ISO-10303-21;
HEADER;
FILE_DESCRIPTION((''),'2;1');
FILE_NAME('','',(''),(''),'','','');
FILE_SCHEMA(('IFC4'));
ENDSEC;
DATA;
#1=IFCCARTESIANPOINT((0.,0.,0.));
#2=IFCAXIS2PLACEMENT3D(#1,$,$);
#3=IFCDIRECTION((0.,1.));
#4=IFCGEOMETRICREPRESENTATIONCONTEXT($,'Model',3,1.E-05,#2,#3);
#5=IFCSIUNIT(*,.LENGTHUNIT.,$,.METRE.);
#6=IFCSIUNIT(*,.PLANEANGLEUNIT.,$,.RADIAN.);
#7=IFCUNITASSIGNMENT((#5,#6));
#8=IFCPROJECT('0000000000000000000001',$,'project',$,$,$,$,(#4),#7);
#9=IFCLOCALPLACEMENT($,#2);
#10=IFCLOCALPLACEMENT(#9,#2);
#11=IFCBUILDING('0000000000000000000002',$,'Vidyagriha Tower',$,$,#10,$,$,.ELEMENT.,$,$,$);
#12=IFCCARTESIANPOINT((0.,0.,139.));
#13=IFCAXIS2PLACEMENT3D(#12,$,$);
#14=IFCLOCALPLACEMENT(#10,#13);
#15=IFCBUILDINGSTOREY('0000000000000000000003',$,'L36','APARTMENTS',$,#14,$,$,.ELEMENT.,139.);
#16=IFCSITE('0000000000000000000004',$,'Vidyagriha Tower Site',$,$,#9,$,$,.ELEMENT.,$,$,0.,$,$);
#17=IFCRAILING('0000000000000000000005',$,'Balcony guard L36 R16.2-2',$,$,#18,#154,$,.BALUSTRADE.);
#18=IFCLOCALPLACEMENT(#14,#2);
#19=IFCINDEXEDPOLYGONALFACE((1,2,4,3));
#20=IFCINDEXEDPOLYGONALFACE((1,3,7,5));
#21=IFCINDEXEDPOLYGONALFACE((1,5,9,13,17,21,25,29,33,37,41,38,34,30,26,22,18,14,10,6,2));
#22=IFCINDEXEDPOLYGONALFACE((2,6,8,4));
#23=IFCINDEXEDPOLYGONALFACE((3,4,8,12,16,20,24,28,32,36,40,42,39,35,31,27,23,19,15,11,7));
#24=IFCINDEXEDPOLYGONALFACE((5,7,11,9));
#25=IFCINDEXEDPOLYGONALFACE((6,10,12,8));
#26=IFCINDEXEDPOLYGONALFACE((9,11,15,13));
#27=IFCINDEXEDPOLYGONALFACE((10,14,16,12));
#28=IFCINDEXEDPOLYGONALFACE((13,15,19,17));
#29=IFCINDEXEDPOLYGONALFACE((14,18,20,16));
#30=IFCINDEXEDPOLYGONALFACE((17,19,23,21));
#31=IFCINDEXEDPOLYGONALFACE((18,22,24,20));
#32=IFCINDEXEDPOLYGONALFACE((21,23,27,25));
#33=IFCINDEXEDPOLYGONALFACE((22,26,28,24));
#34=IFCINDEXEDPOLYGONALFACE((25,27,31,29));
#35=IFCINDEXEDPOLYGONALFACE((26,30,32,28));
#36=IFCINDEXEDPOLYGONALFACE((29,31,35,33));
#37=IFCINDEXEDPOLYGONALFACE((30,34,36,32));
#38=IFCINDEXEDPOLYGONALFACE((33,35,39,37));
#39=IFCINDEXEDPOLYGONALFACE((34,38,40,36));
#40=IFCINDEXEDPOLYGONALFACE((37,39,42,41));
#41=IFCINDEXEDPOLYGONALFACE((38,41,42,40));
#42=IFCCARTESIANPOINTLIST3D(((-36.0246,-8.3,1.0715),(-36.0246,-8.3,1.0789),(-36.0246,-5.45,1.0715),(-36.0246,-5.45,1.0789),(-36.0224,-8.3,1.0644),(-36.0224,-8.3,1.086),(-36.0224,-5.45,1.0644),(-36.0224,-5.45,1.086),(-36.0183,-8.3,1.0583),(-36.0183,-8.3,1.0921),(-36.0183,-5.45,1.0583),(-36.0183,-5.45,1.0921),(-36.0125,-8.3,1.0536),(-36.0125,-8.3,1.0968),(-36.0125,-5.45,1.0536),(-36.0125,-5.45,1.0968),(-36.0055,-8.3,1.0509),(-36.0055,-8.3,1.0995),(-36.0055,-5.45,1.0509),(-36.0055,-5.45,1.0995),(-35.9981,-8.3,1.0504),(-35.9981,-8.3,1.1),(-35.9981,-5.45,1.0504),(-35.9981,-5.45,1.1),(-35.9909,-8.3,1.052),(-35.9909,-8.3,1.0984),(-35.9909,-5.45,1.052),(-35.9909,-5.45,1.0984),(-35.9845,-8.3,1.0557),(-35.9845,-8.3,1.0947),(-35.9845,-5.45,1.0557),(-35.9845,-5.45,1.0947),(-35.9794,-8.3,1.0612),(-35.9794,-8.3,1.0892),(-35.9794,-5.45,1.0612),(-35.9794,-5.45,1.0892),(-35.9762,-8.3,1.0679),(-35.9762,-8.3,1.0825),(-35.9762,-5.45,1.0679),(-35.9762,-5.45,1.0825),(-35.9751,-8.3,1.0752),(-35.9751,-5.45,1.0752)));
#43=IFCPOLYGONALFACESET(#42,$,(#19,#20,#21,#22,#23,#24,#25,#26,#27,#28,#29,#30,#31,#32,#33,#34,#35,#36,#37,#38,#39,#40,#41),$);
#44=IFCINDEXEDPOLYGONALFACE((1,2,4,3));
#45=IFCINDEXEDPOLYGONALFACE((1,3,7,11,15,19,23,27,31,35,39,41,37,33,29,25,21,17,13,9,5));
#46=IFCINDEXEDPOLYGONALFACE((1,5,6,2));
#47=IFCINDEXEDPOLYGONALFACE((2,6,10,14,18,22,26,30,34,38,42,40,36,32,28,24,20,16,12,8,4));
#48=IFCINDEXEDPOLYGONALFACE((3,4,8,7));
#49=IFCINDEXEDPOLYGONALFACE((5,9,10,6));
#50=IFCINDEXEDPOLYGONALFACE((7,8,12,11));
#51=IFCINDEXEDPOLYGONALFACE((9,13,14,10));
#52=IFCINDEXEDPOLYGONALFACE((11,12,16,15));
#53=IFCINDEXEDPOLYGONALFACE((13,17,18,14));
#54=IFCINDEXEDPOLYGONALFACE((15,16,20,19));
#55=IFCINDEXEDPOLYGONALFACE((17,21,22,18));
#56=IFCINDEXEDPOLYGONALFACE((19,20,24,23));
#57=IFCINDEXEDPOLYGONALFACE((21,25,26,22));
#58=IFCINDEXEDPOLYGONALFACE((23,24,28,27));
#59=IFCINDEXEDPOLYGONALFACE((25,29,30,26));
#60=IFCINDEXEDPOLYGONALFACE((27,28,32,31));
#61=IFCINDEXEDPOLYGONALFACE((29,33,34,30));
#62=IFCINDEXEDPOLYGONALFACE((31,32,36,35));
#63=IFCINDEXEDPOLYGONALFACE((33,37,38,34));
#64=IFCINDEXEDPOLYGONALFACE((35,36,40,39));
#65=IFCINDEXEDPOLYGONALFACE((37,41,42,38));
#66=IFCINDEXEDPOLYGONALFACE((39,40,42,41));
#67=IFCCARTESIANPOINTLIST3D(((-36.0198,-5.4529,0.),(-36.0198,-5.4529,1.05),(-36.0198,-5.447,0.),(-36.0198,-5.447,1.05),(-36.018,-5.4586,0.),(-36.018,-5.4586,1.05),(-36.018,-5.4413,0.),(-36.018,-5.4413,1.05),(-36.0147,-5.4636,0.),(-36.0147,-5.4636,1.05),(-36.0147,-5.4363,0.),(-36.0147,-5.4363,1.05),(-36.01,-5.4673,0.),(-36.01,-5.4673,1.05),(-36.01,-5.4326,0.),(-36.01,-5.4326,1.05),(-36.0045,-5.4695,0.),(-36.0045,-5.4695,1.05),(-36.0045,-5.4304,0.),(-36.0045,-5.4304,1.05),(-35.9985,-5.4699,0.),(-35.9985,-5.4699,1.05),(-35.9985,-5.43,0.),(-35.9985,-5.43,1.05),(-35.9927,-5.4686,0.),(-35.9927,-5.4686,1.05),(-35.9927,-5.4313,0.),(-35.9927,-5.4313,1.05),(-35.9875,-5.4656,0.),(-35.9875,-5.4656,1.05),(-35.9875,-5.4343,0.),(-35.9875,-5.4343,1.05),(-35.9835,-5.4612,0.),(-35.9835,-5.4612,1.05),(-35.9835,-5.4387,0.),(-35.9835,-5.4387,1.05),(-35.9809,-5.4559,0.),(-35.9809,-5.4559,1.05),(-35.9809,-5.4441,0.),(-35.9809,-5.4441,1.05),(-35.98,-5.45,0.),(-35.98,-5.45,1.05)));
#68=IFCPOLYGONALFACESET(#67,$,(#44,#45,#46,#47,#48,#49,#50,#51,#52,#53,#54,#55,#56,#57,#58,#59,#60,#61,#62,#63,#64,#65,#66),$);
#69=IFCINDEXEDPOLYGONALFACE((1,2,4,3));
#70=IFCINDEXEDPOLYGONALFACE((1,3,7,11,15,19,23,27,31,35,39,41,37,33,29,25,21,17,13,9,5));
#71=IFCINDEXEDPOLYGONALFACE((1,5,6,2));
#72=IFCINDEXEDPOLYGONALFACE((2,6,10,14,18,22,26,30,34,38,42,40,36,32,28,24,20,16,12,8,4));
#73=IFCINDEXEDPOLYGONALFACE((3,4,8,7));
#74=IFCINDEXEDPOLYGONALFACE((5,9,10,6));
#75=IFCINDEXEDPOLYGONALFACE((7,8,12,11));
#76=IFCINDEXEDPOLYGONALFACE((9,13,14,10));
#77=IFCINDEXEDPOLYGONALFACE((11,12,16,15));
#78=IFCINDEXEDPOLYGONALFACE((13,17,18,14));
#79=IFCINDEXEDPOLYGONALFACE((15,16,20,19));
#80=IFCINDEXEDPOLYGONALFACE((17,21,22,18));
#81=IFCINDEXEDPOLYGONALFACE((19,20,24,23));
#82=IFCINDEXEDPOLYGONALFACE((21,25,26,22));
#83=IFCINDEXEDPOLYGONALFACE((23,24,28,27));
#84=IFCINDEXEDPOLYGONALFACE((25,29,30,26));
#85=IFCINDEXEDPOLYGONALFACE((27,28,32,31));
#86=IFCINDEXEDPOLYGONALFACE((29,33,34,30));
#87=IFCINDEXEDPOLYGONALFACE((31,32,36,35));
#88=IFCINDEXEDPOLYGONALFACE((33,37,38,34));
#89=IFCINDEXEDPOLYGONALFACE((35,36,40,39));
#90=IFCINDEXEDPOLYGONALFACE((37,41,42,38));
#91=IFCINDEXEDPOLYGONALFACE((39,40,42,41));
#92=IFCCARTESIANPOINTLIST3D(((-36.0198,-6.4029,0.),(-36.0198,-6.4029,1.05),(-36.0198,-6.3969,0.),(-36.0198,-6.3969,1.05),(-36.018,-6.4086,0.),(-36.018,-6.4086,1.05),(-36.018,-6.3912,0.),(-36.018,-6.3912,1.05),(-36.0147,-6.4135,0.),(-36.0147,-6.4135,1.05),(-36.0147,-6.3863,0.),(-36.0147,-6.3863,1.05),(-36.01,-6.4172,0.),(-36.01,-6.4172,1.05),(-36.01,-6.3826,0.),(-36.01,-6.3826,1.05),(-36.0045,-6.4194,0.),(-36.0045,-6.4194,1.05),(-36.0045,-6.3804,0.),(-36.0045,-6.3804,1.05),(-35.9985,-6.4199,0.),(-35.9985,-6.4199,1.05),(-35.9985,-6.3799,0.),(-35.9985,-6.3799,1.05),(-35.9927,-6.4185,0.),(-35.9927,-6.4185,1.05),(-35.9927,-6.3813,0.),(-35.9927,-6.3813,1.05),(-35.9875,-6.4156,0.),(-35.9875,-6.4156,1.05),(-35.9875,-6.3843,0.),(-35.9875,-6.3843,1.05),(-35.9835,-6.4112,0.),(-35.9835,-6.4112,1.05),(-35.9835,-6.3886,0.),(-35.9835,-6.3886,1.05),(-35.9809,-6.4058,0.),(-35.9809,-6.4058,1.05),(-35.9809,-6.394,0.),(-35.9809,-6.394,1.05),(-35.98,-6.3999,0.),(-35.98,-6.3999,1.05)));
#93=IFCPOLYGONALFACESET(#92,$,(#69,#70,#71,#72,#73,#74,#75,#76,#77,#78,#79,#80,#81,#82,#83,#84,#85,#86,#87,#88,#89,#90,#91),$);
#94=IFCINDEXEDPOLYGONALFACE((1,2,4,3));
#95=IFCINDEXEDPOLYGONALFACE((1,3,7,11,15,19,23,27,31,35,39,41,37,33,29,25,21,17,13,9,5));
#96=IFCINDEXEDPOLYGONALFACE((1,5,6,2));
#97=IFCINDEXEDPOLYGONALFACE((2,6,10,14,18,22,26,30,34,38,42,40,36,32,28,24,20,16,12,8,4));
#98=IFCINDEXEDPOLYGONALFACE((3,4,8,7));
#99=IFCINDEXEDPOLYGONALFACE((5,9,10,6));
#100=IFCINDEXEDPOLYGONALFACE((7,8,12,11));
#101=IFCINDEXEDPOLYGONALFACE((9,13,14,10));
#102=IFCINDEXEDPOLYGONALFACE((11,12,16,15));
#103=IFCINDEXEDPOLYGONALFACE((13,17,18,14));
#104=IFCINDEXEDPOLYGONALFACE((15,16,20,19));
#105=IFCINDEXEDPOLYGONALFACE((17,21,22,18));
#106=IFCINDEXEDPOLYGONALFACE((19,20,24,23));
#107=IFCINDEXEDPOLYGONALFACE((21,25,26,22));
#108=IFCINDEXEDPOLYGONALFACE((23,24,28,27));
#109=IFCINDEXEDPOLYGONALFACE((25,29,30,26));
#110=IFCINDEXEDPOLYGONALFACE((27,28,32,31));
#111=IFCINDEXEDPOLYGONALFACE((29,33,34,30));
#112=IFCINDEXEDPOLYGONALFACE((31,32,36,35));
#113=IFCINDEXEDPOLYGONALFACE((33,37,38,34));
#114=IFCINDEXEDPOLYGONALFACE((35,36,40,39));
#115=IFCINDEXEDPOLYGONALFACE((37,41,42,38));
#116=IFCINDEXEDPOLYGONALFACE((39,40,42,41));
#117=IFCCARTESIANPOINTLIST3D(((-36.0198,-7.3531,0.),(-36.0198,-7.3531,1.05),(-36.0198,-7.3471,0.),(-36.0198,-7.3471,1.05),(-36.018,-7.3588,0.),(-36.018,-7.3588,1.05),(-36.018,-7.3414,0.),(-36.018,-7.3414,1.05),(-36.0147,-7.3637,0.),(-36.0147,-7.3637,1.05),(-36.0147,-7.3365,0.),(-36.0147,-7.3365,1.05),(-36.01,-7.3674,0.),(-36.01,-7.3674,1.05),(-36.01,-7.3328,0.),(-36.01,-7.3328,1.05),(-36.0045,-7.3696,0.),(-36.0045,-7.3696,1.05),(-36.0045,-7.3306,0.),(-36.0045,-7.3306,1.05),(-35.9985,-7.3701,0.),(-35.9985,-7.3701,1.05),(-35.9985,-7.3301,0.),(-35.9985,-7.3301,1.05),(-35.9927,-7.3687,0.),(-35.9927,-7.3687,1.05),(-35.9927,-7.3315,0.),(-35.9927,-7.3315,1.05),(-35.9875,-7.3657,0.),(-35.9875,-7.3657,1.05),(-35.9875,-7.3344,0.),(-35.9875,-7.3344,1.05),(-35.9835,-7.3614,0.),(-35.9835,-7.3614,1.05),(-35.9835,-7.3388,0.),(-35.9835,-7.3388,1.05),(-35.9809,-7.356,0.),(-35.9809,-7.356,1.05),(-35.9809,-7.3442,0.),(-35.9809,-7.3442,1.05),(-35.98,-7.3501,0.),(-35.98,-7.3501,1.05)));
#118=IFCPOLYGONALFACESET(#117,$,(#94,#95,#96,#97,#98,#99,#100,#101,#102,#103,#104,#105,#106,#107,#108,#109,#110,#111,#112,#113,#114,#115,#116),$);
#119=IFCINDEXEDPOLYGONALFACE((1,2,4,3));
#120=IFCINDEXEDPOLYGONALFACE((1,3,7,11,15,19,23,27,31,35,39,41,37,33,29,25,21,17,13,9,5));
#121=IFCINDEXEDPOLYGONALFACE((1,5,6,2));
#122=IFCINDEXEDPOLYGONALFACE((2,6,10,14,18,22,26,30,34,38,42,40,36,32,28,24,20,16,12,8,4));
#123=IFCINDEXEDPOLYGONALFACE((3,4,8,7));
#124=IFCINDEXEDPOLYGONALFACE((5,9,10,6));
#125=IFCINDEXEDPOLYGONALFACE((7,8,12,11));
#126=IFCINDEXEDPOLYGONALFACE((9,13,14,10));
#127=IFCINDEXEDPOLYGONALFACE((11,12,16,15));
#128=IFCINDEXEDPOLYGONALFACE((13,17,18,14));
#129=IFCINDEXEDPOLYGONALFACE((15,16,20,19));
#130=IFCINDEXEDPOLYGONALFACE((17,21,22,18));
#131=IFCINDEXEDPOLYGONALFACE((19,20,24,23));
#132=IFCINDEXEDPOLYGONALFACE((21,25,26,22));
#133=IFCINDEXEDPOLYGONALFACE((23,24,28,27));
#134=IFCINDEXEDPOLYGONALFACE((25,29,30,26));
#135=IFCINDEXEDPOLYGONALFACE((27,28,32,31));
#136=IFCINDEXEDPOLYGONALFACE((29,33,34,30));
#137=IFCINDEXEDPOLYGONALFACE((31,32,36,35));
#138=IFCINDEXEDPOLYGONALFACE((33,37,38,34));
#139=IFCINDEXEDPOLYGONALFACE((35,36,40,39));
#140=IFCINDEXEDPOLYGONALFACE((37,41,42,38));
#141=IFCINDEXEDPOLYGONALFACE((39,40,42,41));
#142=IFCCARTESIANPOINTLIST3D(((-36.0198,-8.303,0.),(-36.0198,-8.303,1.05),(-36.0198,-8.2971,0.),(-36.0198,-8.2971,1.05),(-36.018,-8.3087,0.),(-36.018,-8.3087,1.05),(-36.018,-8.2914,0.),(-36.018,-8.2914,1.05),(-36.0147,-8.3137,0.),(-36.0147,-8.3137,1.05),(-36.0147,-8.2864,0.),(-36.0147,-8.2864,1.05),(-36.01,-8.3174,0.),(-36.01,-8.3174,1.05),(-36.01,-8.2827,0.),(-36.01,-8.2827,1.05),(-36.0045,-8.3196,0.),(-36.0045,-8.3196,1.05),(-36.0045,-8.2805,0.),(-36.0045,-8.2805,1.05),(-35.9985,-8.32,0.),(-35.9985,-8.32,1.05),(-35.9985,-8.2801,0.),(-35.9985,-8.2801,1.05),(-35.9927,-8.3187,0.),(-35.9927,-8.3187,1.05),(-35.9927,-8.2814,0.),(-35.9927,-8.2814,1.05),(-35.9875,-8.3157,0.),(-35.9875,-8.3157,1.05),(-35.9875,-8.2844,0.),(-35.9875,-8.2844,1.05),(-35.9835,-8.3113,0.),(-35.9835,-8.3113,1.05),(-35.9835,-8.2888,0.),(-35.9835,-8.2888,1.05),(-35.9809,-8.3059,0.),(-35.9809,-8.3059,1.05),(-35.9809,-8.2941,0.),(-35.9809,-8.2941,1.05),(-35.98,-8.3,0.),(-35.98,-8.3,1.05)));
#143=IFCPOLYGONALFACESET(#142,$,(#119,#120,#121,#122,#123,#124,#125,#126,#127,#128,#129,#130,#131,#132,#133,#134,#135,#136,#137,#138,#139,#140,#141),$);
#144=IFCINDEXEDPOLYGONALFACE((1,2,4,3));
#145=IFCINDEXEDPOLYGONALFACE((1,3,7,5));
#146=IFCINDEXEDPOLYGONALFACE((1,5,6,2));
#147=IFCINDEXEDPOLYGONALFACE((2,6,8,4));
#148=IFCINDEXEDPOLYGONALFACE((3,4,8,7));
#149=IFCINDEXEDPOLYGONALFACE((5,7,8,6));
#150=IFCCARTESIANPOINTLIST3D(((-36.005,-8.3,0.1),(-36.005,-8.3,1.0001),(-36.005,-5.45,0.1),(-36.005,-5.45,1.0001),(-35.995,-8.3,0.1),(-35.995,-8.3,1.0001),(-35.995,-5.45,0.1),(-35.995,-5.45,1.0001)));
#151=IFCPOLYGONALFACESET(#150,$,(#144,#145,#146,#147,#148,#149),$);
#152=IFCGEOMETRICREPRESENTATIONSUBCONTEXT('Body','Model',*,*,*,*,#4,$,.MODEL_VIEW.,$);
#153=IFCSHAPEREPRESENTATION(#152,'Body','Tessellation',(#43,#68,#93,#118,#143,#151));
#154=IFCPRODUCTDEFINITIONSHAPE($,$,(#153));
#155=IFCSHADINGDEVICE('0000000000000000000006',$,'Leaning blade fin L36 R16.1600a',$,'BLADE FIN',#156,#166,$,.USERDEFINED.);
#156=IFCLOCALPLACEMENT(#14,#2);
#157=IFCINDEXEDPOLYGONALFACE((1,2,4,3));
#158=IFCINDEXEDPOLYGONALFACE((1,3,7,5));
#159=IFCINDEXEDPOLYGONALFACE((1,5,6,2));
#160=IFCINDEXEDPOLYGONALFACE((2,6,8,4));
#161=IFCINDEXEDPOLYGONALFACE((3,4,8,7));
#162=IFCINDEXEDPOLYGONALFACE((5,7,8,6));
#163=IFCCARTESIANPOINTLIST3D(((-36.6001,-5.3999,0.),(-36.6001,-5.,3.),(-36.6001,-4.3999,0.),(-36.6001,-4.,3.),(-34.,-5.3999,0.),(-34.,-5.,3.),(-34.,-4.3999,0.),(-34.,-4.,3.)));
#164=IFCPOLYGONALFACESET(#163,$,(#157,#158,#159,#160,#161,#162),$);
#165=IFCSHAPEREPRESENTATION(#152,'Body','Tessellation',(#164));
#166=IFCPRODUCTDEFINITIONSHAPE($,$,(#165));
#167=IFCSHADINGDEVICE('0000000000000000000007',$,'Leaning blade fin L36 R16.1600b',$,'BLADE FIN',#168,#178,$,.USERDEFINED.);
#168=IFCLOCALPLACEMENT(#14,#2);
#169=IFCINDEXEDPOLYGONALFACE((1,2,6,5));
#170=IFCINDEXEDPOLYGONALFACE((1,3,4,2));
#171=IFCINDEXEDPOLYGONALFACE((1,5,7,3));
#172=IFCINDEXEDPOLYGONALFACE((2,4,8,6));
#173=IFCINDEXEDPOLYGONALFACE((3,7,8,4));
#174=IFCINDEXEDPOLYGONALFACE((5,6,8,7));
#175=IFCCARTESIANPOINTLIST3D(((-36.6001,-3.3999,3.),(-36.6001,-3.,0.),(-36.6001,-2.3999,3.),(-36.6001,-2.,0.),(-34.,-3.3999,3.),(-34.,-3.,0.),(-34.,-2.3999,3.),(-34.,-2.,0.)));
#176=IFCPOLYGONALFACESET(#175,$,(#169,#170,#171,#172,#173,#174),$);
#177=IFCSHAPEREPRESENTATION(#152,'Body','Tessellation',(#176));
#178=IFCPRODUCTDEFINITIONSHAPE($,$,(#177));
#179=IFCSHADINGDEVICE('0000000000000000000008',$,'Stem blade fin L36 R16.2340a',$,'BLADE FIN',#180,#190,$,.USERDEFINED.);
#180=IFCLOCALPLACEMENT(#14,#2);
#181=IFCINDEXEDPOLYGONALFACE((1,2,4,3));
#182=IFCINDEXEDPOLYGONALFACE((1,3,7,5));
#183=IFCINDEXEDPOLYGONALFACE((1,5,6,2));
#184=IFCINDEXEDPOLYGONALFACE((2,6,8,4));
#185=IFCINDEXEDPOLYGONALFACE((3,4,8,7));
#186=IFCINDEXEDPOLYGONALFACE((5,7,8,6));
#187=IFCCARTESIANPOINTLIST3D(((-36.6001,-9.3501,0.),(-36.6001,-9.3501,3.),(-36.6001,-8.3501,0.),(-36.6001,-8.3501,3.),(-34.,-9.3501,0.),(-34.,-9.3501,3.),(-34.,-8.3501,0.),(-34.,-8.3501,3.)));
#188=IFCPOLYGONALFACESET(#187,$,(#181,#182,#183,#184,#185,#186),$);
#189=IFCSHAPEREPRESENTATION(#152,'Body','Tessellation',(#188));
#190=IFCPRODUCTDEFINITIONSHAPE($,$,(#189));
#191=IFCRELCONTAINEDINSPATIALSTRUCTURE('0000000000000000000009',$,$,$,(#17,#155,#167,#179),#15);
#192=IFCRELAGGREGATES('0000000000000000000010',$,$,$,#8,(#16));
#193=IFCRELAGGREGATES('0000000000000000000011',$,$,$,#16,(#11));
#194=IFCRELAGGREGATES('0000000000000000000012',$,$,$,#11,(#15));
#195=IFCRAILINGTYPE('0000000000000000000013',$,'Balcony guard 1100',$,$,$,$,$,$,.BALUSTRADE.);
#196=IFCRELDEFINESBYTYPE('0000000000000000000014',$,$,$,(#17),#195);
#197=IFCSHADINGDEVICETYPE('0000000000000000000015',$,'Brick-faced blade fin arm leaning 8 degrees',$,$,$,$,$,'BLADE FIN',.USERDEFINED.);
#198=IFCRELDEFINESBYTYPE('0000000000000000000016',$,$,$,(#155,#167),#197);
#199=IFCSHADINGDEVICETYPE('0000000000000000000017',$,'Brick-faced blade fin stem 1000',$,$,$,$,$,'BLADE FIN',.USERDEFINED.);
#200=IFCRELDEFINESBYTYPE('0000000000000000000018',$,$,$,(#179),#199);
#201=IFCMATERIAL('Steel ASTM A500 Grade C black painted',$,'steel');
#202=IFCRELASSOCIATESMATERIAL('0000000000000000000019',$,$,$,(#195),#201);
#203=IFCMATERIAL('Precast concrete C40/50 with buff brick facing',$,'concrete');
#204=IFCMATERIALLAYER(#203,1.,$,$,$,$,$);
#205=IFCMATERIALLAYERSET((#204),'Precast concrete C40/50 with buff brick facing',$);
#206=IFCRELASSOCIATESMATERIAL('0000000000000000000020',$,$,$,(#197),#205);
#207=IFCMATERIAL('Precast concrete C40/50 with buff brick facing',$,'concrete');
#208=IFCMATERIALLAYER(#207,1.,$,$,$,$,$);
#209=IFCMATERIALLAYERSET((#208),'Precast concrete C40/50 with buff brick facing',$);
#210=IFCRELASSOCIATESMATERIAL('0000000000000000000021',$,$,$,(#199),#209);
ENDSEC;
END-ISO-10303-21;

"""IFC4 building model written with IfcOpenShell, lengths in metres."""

from ifc_helpers import new_model, si_unit, direction, frame, origin, origin_2d, place, context, subcontext, project, spatial, polyline, rectangle, circle, outline, extrude, material, layer, layer_set, type_object, element, save


model = new_model("IFC4")

# Units and contexts
model_context = context("Model", 3, precision=1e-05, world=origin(), true_north=direction((0.0, 1.0)))
body_context = subcontext(model_context, "Body", "Model", "MODEL_VIEW")
ifc_project = project(units=[si_unit("LENGTHUNIT", "METRE"), si_unit("PLANEANGLEUNIT", "RADIAN")], contexts=[model_context])

# Site, building, storey
site_placement = place(None, origin())
site = spatial("IfcSite", under=ifc_project, at=site_placement, Name="Vidyagriha Tower Site", CompositionType="ELEMENT", RefElevation=0.0)
building_placement = place(site_placement, origin())
building = spatial("IfcBuilding", under=site, at=building_placement, Name="Vidyagriha Tower", CompositionType="ELEMENT")
storey_placement = place(building_placement, frame((0.0, 0.0, 139.0)))
storey = spatial("IfcBuildingStorey", under=building, at=storey_placement, Name="L36", Description="APARTMENTS", CompositionType="ELEMENT", Elevation=139.0)

# Railing
ifc_material_1 = material(Name="Steel ASTM A500 Grade C black painted", Category="steel")
railing_type_1 = type_object("IfcRailingType", Name="Balcony guard 1100", PredefinedType="BALUSTRADE", material=ifc_material_1)
railing_1_placement = place(storey_placement, frame((-36.0, -5.45, 0.0)))
element("IfcRailing", 1, at=railing_1_placement, inside=storey, type_object=railing_type_1, Name="Balcony guard L36 R16.2-2", PredefinedType="BALUSTRADE", context=body_context, shape_type="SweptSolid", body=[
    extrude(circle(Radius=0.0249, at=origin_2d()), frame((0.0, 0.0, 1.0752), z_axis=(0.0, -1.0, 0.0), x_axis=(1.0, 0.0, 0.0)), (0.0, 0.0, 1.0), 2.8501),
    extrude(circle(Radius=0.02, at=origin_2d()), origin(), (0.0, 0.0, 1.0), 1.05),
    extrude(circle(Radius=0.02, at=origin_2d()), frame((0.0, -0.95, 0.0)), (0.0, 0.0, 1.0), 1.05),
    extrude(circle(Radius=0.02, at=origin_2d()), frame((0.0, -1.9001, 0.0)), (0.0, 0.0, 1.0), 1.05),
    extrude(circle(Radius=0.02, at=origin_2d()), frame((0.0, -2.8501, 0.0)), (0.0, 0.0, 1.0), 1.05),
    extrude(rectangle(XDim=0.01, YDim=0.9001, at=origin_2d()), frame((0.0, 0.0, 0.55), z_axis=(0.0, -1.0, 0.0), x_axis=(1.0, 0.0, 0.0)), (0.0, 0.0, 1.0), 2.8501),
])

# Shading devices
ifc_material_2 = material(Name="Precast concrete C40/50 with buff brick facing", Category="concrete")
ifc_layer_1 = layer(ifc_material_2, 1.0)
ifc_layer_set_1 = layer_set([ifc_layer_1], Name="Precast concrete C40/50 with buff brick facing")
shading_device_type_1 = type_object("IfcShadingDeviceType", Name="Brick-faced blade fin arm leaning 8 degrees", ElementType="BLADE FIN", PredefinedType="USERDEFINED", material=ifc_layer_set_1)
shading_device_1_placement = place(storey_placement, frame((-35.3, -4.0, 0.0), z_axis=(0.0, 0.0, 1.0), x_axis=(0.0, -1.0, 0.0)))
element("IfcShadingDevice", 2, at=shading_device_1_placement, inside=storey, type_object=shading_device_type_1, Name="Leaning blade fin L36 R16.1600a", ObjectType="BLADE FIN", PredefinedType="USERDEFINED", context=body_context, shape_type="SweptSolid", body=[
    extrude(outline(polyline([(0.3999, 0.0), (1.3999, 0.0), (1.0, 3.0), (0.0, 3.0), (0.3999, 0.0)])), frame((0.0, 1.3, 0.0), z_axis=(0.0, -1.0, 0.0), x_axis=(1.0, 0.0, 0.0)), (0.0, 0.0, 1.0), 2.6001),
])
shading_device_2_placement = place(storey_placement, frame((-35.3, -2.0, 0.0), z_axis=(0.0, 0.0, 1.0), x_axis=(0.0, -1.0, 0.0)))
element("IfcShadingDevice", 3, at=shading_device_2_placement, inside=storey, type_object=shading_device_type_1, Name="Leaning blade fin L36 R16.1600b", ObjectType="BLADE FIN", PredefinedType="USERDEFINED", context=body_context, shape_type="SweptSolid", body=[
    extrude(outline(polyline([(0.0, 0.0), (1.0, 0.0), (1.3999, 3.0), (0.3999, 3.0), (0.0, 0.0)])), frame((0.0, 1.3, 0.0), z_axis=(0.0, -1.0, 0.0), x_axis=(1.0, 0.0, 0.0)), (0.0, 0.0, 1.0), 2.6001),
])
ifc_material_3 = material(Name="Precast concrete C40/50 with buff brick facing", Category="concrete")
ifc_layer_2 = layer(ifc_material_3, 1.0)
ifc_layer_set_2 = layer_set([ifc_layer_2], Name="Precast concrete C40/50 with buff brick facing")
shading_device_type_2 = type_object("IfcShadingDeviceType", Name="Brick-faced blade fin stem 1000", ElementType="BLADE FIN", PredefinedType="USERDEFINED", material=ifc_layer_set_2)
shading_device_3_placement = place(storey_placement, frame((-35.3, -8.3501, 0.0), z_axis=(0.0, 0.0, 1.0), x_axis=(0.0, -1.0, 0.0)))
element("IfcShadingDevice", 4, at=shading_device_3_placement, inside=storey, type_object=shading_device_type_2, Name="Stem blade fin L36 R16.2340a", ObjectType="BLADE FIN", PredefinedType="USERDEFINED", context=body_context, shape_type="SweptSolid", body=[
    extrude(outline(polyline([(0.0, 0.0), (1.0, 0.0), (1.0, 3.0), (0.0, 3.0), (0.0, 0.0)])), frame((0.0, 1.3, 0.0), z_axis=(0.0, -1.0, 0.0), x_axis=(1.0, 0.0, 0.0)), (0.0, 0.0, 1.0), 2.6001),
])

save(model, "model.ifc")
